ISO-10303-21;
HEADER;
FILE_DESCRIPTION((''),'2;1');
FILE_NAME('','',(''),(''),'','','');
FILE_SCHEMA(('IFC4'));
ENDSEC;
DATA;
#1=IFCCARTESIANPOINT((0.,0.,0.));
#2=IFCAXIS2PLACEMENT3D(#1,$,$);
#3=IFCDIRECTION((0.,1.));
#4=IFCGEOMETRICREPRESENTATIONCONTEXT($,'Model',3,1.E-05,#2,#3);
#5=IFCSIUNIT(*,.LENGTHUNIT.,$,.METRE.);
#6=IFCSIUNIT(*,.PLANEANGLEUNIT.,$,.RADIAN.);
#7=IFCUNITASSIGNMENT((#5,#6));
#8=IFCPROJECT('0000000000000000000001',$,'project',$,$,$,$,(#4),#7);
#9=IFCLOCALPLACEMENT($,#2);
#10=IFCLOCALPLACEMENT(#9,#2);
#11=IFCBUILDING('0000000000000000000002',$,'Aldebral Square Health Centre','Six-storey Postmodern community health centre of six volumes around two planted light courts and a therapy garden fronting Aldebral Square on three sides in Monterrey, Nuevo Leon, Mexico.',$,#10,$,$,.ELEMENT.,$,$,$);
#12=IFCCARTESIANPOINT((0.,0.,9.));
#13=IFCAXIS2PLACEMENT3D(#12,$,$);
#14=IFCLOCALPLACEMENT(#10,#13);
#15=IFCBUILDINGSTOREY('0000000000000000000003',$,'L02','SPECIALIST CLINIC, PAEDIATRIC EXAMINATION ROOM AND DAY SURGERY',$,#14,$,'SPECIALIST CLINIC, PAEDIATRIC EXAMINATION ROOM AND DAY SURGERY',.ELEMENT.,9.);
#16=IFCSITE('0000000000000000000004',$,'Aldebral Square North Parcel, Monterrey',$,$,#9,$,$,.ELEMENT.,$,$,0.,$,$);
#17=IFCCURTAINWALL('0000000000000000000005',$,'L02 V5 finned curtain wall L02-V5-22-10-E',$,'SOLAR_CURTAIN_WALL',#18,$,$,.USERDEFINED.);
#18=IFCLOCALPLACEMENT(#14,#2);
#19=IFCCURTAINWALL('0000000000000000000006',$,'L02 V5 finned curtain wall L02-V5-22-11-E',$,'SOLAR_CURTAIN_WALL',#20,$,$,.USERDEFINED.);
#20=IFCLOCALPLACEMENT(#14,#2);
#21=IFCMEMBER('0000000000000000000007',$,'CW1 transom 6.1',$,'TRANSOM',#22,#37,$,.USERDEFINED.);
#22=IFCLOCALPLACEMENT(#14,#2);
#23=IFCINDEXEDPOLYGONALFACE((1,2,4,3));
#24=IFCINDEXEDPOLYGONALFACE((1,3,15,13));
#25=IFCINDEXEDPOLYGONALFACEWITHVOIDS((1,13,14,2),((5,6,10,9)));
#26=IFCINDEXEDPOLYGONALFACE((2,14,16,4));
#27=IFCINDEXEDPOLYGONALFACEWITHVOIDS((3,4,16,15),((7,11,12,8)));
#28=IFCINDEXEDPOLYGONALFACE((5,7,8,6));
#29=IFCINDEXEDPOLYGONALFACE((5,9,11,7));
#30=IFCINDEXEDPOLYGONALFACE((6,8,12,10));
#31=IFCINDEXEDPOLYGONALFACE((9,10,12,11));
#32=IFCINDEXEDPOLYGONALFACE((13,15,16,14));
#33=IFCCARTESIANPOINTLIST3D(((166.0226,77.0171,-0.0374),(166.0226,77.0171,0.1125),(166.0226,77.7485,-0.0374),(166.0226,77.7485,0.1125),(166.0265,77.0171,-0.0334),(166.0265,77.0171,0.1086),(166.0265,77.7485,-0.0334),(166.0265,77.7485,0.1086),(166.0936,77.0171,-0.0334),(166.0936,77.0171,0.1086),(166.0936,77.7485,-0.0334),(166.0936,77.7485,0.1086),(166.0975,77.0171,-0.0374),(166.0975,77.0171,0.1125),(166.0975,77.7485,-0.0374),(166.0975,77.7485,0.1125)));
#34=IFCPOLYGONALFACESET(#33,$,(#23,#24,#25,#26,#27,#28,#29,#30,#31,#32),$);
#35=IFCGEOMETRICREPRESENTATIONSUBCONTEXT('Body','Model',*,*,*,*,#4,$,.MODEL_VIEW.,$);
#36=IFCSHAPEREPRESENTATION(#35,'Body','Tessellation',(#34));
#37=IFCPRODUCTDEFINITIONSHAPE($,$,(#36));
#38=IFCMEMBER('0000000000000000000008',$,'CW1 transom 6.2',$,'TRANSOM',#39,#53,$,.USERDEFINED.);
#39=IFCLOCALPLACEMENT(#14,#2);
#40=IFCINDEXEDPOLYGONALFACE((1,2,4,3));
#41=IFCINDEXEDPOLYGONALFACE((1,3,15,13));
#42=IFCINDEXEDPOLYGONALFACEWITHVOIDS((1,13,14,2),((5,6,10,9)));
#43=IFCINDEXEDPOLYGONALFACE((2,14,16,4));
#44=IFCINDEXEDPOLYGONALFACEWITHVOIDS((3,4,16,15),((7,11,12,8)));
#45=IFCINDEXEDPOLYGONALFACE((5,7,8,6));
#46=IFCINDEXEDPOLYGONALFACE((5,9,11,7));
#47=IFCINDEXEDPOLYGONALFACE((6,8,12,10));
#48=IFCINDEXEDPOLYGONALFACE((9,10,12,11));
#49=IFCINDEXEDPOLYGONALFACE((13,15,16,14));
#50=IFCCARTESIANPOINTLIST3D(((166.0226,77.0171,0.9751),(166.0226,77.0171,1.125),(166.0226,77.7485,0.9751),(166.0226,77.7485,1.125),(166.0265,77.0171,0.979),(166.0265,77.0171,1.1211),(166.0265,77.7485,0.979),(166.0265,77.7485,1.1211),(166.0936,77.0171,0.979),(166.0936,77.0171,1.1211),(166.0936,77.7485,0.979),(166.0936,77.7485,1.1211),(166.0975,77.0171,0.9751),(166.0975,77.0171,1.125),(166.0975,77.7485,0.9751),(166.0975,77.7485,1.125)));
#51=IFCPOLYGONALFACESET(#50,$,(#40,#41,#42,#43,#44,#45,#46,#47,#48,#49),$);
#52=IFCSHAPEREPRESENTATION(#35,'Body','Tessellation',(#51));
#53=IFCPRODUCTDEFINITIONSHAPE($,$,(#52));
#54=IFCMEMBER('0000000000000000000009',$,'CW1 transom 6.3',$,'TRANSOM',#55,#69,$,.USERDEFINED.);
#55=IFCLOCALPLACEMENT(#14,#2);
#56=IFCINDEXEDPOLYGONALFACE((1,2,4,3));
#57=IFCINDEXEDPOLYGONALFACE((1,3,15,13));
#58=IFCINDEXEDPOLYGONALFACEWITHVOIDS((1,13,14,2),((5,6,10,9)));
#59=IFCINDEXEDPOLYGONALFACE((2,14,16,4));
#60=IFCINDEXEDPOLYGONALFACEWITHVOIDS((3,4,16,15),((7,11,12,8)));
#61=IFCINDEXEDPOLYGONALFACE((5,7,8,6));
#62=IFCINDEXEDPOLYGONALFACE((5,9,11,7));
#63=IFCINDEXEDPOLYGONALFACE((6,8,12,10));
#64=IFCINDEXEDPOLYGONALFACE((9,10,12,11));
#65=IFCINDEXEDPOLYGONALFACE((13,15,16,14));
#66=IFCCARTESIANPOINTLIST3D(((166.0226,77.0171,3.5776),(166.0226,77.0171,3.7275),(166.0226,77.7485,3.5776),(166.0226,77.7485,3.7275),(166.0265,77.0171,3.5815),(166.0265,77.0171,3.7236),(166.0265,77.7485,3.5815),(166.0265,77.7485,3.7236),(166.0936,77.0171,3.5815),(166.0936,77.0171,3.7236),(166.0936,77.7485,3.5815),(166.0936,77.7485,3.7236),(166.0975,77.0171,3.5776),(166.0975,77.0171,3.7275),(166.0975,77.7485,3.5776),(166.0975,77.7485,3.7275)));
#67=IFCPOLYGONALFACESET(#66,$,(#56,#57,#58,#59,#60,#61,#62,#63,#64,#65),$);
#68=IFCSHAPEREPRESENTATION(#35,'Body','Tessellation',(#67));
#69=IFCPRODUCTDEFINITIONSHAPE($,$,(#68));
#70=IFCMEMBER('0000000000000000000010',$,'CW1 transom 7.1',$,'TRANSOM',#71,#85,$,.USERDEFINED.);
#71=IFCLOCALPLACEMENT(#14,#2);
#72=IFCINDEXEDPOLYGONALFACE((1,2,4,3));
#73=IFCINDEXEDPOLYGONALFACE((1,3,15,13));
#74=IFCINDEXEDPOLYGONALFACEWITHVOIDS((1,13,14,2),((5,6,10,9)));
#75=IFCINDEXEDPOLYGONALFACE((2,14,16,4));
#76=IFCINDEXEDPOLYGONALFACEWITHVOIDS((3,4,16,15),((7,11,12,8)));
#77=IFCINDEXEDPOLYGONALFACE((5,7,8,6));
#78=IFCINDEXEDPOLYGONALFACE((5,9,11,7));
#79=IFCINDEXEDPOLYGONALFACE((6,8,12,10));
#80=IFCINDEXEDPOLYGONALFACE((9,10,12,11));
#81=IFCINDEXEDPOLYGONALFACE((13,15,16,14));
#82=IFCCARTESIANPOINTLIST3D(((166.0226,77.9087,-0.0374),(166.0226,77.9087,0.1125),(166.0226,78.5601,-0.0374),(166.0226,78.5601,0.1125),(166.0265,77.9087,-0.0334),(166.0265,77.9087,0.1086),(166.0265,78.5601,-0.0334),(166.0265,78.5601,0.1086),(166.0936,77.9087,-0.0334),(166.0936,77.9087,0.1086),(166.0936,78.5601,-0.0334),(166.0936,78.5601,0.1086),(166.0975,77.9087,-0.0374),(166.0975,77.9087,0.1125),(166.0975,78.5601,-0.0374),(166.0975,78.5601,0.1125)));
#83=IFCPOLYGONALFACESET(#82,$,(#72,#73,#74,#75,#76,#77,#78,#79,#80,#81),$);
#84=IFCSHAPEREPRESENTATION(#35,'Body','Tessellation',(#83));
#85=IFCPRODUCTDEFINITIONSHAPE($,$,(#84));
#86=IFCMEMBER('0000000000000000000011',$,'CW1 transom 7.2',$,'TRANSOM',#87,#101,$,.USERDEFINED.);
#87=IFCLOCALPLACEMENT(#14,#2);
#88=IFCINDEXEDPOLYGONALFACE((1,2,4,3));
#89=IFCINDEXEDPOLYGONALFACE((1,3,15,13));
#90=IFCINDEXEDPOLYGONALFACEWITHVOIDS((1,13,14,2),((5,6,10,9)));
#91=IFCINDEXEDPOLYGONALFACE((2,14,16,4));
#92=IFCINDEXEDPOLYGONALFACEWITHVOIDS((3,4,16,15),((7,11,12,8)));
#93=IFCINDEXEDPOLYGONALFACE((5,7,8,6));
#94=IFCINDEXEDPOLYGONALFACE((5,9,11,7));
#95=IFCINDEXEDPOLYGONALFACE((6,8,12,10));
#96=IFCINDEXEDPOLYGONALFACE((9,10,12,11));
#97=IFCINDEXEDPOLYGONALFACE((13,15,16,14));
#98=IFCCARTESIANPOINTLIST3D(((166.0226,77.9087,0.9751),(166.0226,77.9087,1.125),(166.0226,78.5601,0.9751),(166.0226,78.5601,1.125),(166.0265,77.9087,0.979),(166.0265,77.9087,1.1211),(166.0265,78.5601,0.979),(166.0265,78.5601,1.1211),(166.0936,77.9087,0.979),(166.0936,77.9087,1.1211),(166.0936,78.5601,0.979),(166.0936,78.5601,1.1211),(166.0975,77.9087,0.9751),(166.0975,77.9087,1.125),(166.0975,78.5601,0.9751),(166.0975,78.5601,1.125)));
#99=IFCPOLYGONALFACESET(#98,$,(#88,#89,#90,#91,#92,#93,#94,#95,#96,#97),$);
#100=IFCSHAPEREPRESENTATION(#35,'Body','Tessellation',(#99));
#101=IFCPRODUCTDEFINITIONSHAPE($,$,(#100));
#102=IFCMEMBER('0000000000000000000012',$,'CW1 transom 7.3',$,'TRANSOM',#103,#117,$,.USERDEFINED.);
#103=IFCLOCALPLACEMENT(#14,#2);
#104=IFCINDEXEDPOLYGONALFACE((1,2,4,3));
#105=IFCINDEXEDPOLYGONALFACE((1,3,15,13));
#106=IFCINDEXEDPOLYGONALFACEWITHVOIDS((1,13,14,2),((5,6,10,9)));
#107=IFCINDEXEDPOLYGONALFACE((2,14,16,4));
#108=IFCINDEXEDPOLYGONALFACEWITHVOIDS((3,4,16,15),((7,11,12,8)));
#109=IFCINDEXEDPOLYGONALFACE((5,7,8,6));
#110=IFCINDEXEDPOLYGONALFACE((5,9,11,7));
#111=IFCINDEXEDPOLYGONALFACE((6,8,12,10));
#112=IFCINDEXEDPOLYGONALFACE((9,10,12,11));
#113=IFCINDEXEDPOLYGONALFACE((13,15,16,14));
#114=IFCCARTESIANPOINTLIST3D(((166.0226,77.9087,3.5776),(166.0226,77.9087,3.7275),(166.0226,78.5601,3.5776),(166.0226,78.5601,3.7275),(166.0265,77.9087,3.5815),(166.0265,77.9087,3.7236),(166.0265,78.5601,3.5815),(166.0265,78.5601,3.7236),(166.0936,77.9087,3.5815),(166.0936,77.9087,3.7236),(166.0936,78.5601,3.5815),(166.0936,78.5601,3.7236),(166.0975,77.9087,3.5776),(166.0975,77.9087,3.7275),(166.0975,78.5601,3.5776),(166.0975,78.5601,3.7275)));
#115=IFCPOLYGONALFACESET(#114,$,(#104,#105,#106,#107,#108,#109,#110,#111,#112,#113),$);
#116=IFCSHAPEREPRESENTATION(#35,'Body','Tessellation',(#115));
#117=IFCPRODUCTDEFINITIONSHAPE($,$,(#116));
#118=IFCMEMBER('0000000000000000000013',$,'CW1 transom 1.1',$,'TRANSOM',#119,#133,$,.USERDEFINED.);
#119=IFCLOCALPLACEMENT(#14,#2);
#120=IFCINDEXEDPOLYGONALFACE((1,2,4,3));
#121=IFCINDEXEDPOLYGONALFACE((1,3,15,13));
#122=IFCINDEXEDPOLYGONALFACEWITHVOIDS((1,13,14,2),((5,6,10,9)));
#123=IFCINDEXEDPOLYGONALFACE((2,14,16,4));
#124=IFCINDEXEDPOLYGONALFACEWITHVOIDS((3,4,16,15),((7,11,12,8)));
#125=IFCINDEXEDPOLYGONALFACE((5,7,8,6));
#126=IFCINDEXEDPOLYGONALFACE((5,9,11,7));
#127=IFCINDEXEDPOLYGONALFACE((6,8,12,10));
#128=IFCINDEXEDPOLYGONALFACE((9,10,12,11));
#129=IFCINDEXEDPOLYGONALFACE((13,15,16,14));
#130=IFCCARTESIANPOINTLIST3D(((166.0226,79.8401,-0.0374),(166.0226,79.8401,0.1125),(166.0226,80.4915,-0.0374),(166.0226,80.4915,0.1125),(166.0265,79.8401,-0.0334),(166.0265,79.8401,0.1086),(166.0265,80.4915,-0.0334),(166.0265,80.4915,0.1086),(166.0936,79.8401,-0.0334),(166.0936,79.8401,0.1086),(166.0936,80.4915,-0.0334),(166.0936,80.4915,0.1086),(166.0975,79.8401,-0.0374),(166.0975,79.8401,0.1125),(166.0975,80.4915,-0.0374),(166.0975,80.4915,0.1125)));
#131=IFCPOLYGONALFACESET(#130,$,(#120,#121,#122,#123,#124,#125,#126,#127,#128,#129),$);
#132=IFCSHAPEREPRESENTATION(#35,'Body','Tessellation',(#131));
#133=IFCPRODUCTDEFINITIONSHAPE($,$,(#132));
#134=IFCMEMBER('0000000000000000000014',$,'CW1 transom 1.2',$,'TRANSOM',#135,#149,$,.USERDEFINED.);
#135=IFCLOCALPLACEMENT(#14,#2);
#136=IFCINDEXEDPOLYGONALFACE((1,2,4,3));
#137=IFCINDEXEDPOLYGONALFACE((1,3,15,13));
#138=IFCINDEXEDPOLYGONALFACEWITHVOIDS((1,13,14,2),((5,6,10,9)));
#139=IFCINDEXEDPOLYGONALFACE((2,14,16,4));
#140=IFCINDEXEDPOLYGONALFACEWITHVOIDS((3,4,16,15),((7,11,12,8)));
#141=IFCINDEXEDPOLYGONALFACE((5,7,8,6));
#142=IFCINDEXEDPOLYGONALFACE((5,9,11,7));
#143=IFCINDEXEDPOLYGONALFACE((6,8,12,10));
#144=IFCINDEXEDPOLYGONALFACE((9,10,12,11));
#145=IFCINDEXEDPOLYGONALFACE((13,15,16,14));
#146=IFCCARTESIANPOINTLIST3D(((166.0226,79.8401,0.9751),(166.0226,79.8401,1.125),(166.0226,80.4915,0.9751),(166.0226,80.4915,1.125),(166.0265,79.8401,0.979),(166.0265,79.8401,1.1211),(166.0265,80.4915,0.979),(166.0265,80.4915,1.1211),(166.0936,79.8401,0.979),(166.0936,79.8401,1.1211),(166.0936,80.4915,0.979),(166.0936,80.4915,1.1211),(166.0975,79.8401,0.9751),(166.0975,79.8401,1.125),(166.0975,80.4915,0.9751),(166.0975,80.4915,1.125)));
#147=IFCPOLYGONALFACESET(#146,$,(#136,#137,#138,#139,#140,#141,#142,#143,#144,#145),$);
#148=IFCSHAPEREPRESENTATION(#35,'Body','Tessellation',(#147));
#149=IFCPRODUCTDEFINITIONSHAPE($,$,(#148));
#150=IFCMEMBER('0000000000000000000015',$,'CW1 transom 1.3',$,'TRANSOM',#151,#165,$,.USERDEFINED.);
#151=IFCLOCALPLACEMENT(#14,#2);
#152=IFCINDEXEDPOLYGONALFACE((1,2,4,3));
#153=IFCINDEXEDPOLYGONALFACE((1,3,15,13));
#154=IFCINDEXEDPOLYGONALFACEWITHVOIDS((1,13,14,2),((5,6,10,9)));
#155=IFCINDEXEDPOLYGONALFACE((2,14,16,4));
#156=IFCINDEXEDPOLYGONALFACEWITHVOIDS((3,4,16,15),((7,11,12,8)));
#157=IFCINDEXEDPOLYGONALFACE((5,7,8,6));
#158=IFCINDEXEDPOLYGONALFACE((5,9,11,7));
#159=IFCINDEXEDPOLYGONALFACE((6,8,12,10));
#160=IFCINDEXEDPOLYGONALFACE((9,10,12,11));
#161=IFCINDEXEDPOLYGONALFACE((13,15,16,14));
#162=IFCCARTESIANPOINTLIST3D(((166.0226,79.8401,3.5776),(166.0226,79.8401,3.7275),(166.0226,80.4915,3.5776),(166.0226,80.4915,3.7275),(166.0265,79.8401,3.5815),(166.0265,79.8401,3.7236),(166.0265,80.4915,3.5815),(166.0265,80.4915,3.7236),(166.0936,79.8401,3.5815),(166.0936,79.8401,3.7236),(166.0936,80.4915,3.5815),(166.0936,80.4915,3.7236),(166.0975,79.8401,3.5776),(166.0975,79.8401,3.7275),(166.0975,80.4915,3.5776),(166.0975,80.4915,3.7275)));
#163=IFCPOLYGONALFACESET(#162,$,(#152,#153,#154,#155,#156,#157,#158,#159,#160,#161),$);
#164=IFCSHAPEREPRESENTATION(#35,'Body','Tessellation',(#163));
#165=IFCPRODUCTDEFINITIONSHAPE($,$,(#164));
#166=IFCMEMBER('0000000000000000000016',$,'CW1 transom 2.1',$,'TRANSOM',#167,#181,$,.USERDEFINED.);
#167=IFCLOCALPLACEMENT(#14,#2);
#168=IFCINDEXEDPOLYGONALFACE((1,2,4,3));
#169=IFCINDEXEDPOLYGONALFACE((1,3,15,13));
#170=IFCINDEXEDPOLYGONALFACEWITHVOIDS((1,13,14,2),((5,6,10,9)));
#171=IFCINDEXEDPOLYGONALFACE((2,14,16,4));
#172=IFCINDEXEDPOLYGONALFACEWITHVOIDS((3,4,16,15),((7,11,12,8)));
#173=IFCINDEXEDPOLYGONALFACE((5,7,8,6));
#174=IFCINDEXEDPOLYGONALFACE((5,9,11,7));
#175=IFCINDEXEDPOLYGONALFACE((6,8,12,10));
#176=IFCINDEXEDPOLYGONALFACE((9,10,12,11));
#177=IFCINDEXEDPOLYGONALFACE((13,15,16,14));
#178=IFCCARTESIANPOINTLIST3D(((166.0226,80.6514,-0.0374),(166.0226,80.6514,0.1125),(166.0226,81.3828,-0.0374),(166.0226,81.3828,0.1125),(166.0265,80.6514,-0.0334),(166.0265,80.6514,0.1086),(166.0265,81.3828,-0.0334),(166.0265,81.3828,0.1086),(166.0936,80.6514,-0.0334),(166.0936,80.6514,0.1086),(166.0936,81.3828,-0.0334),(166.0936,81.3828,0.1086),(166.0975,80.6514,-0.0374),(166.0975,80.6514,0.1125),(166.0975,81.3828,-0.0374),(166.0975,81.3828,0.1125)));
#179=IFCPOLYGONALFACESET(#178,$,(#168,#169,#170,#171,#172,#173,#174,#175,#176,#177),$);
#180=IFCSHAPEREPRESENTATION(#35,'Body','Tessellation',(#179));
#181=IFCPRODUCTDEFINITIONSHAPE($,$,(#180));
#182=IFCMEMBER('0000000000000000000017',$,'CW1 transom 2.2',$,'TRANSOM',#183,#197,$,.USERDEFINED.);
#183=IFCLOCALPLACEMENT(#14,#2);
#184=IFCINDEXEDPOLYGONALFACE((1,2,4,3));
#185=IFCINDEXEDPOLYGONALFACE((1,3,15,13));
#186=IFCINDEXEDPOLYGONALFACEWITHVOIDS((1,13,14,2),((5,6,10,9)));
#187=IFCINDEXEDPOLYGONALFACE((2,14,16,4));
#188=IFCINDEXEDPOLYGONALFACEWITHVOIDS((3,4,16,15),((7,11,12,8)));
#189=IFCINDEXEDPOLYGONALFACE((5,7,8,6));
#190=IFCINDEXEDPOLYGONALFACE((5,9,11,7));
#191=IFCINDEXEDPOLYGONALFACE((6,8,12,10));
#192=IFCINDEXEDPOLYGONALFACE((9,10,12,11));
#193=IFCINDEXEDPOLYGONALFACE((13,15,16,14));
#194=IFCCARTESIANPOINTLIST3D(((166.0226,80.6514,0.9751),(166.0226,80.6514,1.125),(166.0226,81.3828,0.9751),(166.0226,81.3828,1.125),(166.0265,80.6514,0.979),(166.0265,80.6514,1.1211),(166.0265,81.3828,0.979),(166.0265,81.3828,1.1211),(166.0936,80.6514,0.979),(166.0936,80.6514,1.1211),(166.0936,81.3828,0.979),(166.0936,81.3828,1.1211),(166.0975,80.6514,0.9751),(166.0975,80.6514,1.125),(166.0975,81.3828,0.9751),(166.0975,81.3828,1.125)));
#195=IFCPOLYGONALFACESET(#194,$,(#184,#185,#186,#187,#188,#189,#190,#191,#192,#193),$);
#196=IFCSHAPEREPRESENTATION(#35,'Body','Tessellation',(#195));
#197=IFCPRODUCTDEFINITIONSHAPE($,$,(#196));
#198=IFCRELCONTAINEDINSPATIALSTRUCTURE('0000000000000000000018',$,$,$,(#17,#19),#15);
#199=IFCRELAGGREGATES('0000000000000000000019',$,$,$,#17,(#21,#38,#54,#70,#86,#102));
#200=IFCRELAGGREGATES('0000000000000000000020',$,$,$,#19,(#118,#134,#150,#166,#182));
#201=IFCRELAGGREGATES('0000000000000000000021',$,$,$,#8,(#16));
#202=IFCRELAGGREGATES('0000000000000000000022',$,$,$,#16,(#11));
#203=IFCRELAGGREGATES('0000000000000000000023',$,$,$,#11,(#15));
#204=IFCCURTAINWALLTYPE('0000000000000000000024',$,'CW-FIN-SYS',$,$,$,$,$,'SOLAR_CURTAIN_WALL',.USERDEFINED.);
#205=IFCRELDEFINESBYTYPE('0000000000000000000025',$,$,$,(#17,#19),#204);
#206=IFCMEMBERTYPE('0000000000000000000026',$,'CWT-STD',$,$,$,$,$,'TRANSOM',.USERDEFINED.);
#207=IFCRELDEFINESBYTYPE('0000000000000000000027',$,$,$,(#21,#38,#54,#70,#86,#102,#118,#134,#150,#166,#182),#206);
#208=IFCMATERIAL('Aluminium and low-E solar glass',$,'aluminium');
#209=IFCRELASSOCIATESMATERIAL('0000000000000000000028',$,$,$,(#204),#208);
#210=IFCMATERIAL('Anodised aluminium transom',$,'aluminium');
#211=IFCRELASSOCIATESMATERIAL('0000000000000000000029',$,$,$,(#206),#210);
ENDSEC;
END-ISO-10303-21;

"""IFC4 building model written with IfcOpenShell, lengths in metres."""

from ifc_helpers import new_model, si_unit, direction, frame, origin, origin_2d, place, context, subcontext, project, spatial, hollow_rectangle, extrude, material, material_profile, profile_set, type_object, element, aggregate, save


model = new_model("IFC4")

# Units and contexts
model_context = context("Model", 3, precision=1e-05, world=origin(), true_north=direction((0.0, 1.0)))
body_context = subcontext(model_context, "Body", "Model", "MODEL_VIEW")
ifc_project = project(units=[si_unit("LENGTHUNIT", "METRE"), si_unit("PLANEANGLEUNIT", "RADIAN")], contexts=[model_context])

# Site, building, storey
site_placement = place(None, origin())
site = spatial("IfcSite", under=ifc_project, at=site_placement, Name="Aldebral Square North Parcel, Monterrey", CompositionType="ELEMENT", RefElevation=0.0)
building_placement = place(site_placement, origin())
building = spatial("IfcBuilding", under=site, at=building_placement, Name="Aldebral Square Health Centre", Description="Six-storey Postmodern community health centre of six volumes around two planted light courts and a therapy garden fronting Aldebral Square on three sides in Monterrey, Nuevo Leon, Mexico.", CompositionType="ELEMENT")
storey_placement = place(building_placement, frame((0.0, 0.0, 9.0)))
storey = spatial("IfcBuildingStorey", under=building, at=storey_placement, Name="L02", Description="SPECIALIST CLINIC, PAEDIATRIC EXAMINATION ROOM AND DAY SURGERY", LongName="SPECIALIST CLINIC, PAEDIATRIC EXAMINATION ROOM AND DAY SURGERY", CompositionType="ELEMENT", Elevation=9.0)

# Curtain walls
ifc_material_1 = material(Name="Aluminium and low-E solar glass", Category="aluminium")
curtain_wall_type = type_object("IfcCurtainWallType", Name="CW-FIN-SYS", ElementType="SOLAR_CURTAIN_WALL", PredefinedType="USERDEFINED", material=ifc_material_1)
curtain_wall_1_placement = place(storey_placement, origin())
curtain_wall_1 = element("IfcCurtainWall", 1, at=curtain_wall_1_placement, inside=storey, type_object=curtain_wall_type, Name="L02 V5 finned curtain wall L02-V5-22-10-E", ObjectType="SOLAR_CURTAIN_WALL", PredefinedType="USERDEFINED")
curtain_wall_2_placement = place(storey_placement, origin())
curtain_wall_2 = element("IfcCurtainWall", 2, at=curtain_wall_2_placement, inside=storey, type_object=curtain_wall_type, Name="L02 V5 finned curtain wall L02-V5-22-11-E", ObjectType="SOLAR_CURTAIN_WALL", PredefinedType="USERDEFINED")

# Members
ifc_material_2 = material(Name="Anodised aluminium transom", Category="aluminium")
ifc_material_profile_1 = material_profile(ifc_material_2, hollow_rectangle(XDim=0.075, YDim=0.1499, WallThickness=0.0039, at=origin_2d()), Name="CWT 75x150x4")
ifc_profile_set_1 = profile_set([ifc_material_profile_1], Name="Anodised aluminium transom")
member_type_1 = type_object("IfcMemberType", Name="CWT-STD", ElementType="TRANSOM", PredefinedType="USERDEFINED", material=ifc_profile_set_1)
member_1_placement = place(storey_placement, frame((166.0601, 77.0171, 0.0376), z_axis=(0.0, 1.0, 0.0), x_axis=(-1.0, 0.0, 0.0)))
member_1 = element("IfcMember", 3, at=member_1_placement, type_object=member_type_1, Name="CW1 transom 6.1", ObjectType="TRANSOM", PredefinedType="USERDEFINED", context=body_context, shape_type="SweptSolid", body=[
    extrude(hollow_rectangle(XDim=0.075, YDim=0.1499, WallThickness=0.0039, at=origin_2d()), origin(), (0.0, 0.0, 1.0), 0.7314),
])
member_2_placement = place(storey_placement, frame((166.0601, 77.0171, 1.05), z_axis=(0.0, 1.0, 0.0), x_axis=(-1.0, 0.0, 0.0)))
member_2 = element("IfcMember", 4, at=member_2_placement, type_object=member_type_1, Name="CW1 transom 6.2", ObjectType="TRANSOM", PredefinedType="USERDEFINED", context=body_context, shape_type="SweptSolid", body=[
    extrude(hollow_rectangle(XDim=0.075, YDim=0.1499, WallThickness=0.0039, at=origin_2d()), origin(), (0.0, 0.0, 1.0), 0.7314),
])
member_3_placement = place(storey_placement, frame((166.0601, 77.0171, 3.6526), z_axis=(0.0, 1.0, 0.0), x_axis=(-1.0, 0.0, 0.0)))
member_3 = element("IfcMember", 5, at=member_3_placement, type_object=member_type_1, Name="CW1 transom 6.3", ObjectType="TRANSOM", PredefinedType="USERDEFINED", context=body_context, shape_type="SweptSolid", body=[
    extrude(hollow_rectangle(XDim=0.075, YDim=0.1499, WallThickness=0.0039, at=origin_2d()), origin(), (0.0, 0.0, 1.0), 0.7314),
])
member_4_placement = place(storey_placement, frame((166.0601, 77.9087, 0.0376), z_axis=(0.0, 1.0, 0.0), x_axis=(-1.0, 0.0, 0.0)))
member_4 = element("IfcMember", 6, at=member_4_placement, type_object=member_type_1, Name="CW1 transom 7.1", ObjectType="TRANSOM", PredefinedType="USERDEFINED", context=body_context, shape_type="SweptSolid", body=[
    extrude(hollow_rectangle(XDim=0.075, YDim=0.1499, WallThickness=0.0039, at=origin_2d()), origin(), (0.0, 0.0, 1.0), 0.6514),
])
member_5_placement = place(storey_placement, frame((166.0601, 77.9087, 1.05), z_axis=(0.0, 1.0, 0.0), x_axis=(-1.0, 0.0, 0.0)))
member_5 = element("IfcMember", 7, at=member_5_placement, type_object=member_type_1, Name="CW1 transom 7.2", ObjectType="TRANSOM", PredefinedType="USERDEFINED", context=body_context, shape_type="SweptSolid", body=[
    extrude(hollow_rectangle(XDim=0.075, YDim=0.1499, WallThickness=0.0039, at=origin_2d()), origin(), (0.0, 0.0, 1.0), 0.6514),
])
member_6_placement = place(storey_placement, frame((166.0601, 77.9087, 3.6526), z_axis=(0.0, 1.0, 0.0), x_axis=(-1.0, 0.0, 0.0)))
member_6 = element("IfcMember", 8, at=member_6_placement, type_object=member_type_1, Name="CW1 transom 7.3", ObjectType="TRANSOM", PredefinedType="USERDEFINED", context=body_context, shape_type="SweptSolid", body=[
    extrude(hollow_rectangle(XDim=0.075, YDim=0.1499, WallThickness=0.0039, at=origin_2d()), origin(), (0.0, 0.0, 1.0), 0.6514),
])
member_7_placement = place(storey_placement, frame((166.0601, 79.8401, 0.0376), z_axis=(0.0, 1.0, 0.0), x_axis=(-1.0, 0.0, 0.0)))
member_7 = element("IfcMember", 9, at=member_7_placement, type_object=member_type_1, Name="CW1 transom 1.1", ObjectType="TRANSOM", PredefinedType="USERDEFINED", context=body_context, shape_type="SweptSolid", body=[
    extrude(hollow_rectangle(XDim=0.075, YDim=0.1499, WallThickness=0.0039, at=origin_2d()), origin(), (0.0, 0.0, 1.0), 0.6514),
])
member_8_placement = place(storey_placement, frame((166.0601, 79.8401, 1.05), z_axis=(0.0, 1.0, 0.0), x_axis=(-1.0, 0.0, 0.0)))
member_8 = element("IfcMember", 10, at=member_8_placement, type_object=member_type_1, Name="CW1 transom 1.2", ObjectType="TRANSOM", PredefinedType="USERDEFINED", context=body_context, shape_type="SweptSolid", body=[
    extrude(hollow_rectangle(XDim=0.075, YDim=0.1499, WallThickness=0.0039, at=origin_2d()), origin(), (0.0, 0.0, 1.0), 0.6514),
])
member_9_placement = place(storey_placement, frame((166.0601, 79.8401, 3.6526), z_axis=(0.0, 1.0, 0.0), x_axis=(-1.0, 0.0, 0.0)))
member_9 = element("IfcMember", 11, at=member_9_placement, type_object=member_type_1, Name="CW1 transom 1.3", ObjectType="TRANSOM", PredefinedType="USERDEFINED", context=body_context, shape_type="SweptSolid", body=[
    extrude(hollow_rectangle(XDim=0.075, YDim=0.1499, WallThickness=0.0039, at=origin_2d()), origin(), (0.0, 0.0, 1.0), 0.6514),
])
member_10_placement = place(storey_placement, frame((166.0601, 80.6514, 0.0376), z_axis=(0.0, 1.0, 0.0), x_axis=(-1.0, 0.0, 0.0)))
member_10 = element("IfcMember", 12, at=member_10_placement, type_object=member_type_1, Name="CW1 transom 2.1", ObjectType="TRANSOM", PredefinedType="USERDEFINED", context=body_context, shape_type="SweptSolid", body=[
    extrude(hollow_rectangle(XDim=0.075, YDim=0.1499, WallThickness=0.0039, at=origin_2d()), origin(), (0.0, 0.0, 1.0), 0.7314),
])
member_11_placement = place(storey_placement, frame((166.0601, 80.6514, 1.05), z_axis=(0.0, 1.0, 0.0), x_axis=(-1.0, 0.0, 0.0)))
member_11 = element("IfcMember", 13, at=member_11_placement, type_object=member_type_1, Name="CW1 transom 2.2", ObjectType="TRANSOM", PredefinedType="USERDEFINED", context=body_context, shape_type="SweptSolid", body=[
    extrude(hollow_rectangle(XDim=0.075, YDim=0.1499, WallThickness=0.0039, at=origin_2d()), origin(), (0.0, 0.0, 1.0), 0.7314),
])

aggregate(curtain_wall_1, [member_1, member_2, member_3, member_4, member_5, member_6])
aggregate(curtain_wall_2, [member_7, member_8, member_9, member_10, member_11])

save(model, "model.ifc")
